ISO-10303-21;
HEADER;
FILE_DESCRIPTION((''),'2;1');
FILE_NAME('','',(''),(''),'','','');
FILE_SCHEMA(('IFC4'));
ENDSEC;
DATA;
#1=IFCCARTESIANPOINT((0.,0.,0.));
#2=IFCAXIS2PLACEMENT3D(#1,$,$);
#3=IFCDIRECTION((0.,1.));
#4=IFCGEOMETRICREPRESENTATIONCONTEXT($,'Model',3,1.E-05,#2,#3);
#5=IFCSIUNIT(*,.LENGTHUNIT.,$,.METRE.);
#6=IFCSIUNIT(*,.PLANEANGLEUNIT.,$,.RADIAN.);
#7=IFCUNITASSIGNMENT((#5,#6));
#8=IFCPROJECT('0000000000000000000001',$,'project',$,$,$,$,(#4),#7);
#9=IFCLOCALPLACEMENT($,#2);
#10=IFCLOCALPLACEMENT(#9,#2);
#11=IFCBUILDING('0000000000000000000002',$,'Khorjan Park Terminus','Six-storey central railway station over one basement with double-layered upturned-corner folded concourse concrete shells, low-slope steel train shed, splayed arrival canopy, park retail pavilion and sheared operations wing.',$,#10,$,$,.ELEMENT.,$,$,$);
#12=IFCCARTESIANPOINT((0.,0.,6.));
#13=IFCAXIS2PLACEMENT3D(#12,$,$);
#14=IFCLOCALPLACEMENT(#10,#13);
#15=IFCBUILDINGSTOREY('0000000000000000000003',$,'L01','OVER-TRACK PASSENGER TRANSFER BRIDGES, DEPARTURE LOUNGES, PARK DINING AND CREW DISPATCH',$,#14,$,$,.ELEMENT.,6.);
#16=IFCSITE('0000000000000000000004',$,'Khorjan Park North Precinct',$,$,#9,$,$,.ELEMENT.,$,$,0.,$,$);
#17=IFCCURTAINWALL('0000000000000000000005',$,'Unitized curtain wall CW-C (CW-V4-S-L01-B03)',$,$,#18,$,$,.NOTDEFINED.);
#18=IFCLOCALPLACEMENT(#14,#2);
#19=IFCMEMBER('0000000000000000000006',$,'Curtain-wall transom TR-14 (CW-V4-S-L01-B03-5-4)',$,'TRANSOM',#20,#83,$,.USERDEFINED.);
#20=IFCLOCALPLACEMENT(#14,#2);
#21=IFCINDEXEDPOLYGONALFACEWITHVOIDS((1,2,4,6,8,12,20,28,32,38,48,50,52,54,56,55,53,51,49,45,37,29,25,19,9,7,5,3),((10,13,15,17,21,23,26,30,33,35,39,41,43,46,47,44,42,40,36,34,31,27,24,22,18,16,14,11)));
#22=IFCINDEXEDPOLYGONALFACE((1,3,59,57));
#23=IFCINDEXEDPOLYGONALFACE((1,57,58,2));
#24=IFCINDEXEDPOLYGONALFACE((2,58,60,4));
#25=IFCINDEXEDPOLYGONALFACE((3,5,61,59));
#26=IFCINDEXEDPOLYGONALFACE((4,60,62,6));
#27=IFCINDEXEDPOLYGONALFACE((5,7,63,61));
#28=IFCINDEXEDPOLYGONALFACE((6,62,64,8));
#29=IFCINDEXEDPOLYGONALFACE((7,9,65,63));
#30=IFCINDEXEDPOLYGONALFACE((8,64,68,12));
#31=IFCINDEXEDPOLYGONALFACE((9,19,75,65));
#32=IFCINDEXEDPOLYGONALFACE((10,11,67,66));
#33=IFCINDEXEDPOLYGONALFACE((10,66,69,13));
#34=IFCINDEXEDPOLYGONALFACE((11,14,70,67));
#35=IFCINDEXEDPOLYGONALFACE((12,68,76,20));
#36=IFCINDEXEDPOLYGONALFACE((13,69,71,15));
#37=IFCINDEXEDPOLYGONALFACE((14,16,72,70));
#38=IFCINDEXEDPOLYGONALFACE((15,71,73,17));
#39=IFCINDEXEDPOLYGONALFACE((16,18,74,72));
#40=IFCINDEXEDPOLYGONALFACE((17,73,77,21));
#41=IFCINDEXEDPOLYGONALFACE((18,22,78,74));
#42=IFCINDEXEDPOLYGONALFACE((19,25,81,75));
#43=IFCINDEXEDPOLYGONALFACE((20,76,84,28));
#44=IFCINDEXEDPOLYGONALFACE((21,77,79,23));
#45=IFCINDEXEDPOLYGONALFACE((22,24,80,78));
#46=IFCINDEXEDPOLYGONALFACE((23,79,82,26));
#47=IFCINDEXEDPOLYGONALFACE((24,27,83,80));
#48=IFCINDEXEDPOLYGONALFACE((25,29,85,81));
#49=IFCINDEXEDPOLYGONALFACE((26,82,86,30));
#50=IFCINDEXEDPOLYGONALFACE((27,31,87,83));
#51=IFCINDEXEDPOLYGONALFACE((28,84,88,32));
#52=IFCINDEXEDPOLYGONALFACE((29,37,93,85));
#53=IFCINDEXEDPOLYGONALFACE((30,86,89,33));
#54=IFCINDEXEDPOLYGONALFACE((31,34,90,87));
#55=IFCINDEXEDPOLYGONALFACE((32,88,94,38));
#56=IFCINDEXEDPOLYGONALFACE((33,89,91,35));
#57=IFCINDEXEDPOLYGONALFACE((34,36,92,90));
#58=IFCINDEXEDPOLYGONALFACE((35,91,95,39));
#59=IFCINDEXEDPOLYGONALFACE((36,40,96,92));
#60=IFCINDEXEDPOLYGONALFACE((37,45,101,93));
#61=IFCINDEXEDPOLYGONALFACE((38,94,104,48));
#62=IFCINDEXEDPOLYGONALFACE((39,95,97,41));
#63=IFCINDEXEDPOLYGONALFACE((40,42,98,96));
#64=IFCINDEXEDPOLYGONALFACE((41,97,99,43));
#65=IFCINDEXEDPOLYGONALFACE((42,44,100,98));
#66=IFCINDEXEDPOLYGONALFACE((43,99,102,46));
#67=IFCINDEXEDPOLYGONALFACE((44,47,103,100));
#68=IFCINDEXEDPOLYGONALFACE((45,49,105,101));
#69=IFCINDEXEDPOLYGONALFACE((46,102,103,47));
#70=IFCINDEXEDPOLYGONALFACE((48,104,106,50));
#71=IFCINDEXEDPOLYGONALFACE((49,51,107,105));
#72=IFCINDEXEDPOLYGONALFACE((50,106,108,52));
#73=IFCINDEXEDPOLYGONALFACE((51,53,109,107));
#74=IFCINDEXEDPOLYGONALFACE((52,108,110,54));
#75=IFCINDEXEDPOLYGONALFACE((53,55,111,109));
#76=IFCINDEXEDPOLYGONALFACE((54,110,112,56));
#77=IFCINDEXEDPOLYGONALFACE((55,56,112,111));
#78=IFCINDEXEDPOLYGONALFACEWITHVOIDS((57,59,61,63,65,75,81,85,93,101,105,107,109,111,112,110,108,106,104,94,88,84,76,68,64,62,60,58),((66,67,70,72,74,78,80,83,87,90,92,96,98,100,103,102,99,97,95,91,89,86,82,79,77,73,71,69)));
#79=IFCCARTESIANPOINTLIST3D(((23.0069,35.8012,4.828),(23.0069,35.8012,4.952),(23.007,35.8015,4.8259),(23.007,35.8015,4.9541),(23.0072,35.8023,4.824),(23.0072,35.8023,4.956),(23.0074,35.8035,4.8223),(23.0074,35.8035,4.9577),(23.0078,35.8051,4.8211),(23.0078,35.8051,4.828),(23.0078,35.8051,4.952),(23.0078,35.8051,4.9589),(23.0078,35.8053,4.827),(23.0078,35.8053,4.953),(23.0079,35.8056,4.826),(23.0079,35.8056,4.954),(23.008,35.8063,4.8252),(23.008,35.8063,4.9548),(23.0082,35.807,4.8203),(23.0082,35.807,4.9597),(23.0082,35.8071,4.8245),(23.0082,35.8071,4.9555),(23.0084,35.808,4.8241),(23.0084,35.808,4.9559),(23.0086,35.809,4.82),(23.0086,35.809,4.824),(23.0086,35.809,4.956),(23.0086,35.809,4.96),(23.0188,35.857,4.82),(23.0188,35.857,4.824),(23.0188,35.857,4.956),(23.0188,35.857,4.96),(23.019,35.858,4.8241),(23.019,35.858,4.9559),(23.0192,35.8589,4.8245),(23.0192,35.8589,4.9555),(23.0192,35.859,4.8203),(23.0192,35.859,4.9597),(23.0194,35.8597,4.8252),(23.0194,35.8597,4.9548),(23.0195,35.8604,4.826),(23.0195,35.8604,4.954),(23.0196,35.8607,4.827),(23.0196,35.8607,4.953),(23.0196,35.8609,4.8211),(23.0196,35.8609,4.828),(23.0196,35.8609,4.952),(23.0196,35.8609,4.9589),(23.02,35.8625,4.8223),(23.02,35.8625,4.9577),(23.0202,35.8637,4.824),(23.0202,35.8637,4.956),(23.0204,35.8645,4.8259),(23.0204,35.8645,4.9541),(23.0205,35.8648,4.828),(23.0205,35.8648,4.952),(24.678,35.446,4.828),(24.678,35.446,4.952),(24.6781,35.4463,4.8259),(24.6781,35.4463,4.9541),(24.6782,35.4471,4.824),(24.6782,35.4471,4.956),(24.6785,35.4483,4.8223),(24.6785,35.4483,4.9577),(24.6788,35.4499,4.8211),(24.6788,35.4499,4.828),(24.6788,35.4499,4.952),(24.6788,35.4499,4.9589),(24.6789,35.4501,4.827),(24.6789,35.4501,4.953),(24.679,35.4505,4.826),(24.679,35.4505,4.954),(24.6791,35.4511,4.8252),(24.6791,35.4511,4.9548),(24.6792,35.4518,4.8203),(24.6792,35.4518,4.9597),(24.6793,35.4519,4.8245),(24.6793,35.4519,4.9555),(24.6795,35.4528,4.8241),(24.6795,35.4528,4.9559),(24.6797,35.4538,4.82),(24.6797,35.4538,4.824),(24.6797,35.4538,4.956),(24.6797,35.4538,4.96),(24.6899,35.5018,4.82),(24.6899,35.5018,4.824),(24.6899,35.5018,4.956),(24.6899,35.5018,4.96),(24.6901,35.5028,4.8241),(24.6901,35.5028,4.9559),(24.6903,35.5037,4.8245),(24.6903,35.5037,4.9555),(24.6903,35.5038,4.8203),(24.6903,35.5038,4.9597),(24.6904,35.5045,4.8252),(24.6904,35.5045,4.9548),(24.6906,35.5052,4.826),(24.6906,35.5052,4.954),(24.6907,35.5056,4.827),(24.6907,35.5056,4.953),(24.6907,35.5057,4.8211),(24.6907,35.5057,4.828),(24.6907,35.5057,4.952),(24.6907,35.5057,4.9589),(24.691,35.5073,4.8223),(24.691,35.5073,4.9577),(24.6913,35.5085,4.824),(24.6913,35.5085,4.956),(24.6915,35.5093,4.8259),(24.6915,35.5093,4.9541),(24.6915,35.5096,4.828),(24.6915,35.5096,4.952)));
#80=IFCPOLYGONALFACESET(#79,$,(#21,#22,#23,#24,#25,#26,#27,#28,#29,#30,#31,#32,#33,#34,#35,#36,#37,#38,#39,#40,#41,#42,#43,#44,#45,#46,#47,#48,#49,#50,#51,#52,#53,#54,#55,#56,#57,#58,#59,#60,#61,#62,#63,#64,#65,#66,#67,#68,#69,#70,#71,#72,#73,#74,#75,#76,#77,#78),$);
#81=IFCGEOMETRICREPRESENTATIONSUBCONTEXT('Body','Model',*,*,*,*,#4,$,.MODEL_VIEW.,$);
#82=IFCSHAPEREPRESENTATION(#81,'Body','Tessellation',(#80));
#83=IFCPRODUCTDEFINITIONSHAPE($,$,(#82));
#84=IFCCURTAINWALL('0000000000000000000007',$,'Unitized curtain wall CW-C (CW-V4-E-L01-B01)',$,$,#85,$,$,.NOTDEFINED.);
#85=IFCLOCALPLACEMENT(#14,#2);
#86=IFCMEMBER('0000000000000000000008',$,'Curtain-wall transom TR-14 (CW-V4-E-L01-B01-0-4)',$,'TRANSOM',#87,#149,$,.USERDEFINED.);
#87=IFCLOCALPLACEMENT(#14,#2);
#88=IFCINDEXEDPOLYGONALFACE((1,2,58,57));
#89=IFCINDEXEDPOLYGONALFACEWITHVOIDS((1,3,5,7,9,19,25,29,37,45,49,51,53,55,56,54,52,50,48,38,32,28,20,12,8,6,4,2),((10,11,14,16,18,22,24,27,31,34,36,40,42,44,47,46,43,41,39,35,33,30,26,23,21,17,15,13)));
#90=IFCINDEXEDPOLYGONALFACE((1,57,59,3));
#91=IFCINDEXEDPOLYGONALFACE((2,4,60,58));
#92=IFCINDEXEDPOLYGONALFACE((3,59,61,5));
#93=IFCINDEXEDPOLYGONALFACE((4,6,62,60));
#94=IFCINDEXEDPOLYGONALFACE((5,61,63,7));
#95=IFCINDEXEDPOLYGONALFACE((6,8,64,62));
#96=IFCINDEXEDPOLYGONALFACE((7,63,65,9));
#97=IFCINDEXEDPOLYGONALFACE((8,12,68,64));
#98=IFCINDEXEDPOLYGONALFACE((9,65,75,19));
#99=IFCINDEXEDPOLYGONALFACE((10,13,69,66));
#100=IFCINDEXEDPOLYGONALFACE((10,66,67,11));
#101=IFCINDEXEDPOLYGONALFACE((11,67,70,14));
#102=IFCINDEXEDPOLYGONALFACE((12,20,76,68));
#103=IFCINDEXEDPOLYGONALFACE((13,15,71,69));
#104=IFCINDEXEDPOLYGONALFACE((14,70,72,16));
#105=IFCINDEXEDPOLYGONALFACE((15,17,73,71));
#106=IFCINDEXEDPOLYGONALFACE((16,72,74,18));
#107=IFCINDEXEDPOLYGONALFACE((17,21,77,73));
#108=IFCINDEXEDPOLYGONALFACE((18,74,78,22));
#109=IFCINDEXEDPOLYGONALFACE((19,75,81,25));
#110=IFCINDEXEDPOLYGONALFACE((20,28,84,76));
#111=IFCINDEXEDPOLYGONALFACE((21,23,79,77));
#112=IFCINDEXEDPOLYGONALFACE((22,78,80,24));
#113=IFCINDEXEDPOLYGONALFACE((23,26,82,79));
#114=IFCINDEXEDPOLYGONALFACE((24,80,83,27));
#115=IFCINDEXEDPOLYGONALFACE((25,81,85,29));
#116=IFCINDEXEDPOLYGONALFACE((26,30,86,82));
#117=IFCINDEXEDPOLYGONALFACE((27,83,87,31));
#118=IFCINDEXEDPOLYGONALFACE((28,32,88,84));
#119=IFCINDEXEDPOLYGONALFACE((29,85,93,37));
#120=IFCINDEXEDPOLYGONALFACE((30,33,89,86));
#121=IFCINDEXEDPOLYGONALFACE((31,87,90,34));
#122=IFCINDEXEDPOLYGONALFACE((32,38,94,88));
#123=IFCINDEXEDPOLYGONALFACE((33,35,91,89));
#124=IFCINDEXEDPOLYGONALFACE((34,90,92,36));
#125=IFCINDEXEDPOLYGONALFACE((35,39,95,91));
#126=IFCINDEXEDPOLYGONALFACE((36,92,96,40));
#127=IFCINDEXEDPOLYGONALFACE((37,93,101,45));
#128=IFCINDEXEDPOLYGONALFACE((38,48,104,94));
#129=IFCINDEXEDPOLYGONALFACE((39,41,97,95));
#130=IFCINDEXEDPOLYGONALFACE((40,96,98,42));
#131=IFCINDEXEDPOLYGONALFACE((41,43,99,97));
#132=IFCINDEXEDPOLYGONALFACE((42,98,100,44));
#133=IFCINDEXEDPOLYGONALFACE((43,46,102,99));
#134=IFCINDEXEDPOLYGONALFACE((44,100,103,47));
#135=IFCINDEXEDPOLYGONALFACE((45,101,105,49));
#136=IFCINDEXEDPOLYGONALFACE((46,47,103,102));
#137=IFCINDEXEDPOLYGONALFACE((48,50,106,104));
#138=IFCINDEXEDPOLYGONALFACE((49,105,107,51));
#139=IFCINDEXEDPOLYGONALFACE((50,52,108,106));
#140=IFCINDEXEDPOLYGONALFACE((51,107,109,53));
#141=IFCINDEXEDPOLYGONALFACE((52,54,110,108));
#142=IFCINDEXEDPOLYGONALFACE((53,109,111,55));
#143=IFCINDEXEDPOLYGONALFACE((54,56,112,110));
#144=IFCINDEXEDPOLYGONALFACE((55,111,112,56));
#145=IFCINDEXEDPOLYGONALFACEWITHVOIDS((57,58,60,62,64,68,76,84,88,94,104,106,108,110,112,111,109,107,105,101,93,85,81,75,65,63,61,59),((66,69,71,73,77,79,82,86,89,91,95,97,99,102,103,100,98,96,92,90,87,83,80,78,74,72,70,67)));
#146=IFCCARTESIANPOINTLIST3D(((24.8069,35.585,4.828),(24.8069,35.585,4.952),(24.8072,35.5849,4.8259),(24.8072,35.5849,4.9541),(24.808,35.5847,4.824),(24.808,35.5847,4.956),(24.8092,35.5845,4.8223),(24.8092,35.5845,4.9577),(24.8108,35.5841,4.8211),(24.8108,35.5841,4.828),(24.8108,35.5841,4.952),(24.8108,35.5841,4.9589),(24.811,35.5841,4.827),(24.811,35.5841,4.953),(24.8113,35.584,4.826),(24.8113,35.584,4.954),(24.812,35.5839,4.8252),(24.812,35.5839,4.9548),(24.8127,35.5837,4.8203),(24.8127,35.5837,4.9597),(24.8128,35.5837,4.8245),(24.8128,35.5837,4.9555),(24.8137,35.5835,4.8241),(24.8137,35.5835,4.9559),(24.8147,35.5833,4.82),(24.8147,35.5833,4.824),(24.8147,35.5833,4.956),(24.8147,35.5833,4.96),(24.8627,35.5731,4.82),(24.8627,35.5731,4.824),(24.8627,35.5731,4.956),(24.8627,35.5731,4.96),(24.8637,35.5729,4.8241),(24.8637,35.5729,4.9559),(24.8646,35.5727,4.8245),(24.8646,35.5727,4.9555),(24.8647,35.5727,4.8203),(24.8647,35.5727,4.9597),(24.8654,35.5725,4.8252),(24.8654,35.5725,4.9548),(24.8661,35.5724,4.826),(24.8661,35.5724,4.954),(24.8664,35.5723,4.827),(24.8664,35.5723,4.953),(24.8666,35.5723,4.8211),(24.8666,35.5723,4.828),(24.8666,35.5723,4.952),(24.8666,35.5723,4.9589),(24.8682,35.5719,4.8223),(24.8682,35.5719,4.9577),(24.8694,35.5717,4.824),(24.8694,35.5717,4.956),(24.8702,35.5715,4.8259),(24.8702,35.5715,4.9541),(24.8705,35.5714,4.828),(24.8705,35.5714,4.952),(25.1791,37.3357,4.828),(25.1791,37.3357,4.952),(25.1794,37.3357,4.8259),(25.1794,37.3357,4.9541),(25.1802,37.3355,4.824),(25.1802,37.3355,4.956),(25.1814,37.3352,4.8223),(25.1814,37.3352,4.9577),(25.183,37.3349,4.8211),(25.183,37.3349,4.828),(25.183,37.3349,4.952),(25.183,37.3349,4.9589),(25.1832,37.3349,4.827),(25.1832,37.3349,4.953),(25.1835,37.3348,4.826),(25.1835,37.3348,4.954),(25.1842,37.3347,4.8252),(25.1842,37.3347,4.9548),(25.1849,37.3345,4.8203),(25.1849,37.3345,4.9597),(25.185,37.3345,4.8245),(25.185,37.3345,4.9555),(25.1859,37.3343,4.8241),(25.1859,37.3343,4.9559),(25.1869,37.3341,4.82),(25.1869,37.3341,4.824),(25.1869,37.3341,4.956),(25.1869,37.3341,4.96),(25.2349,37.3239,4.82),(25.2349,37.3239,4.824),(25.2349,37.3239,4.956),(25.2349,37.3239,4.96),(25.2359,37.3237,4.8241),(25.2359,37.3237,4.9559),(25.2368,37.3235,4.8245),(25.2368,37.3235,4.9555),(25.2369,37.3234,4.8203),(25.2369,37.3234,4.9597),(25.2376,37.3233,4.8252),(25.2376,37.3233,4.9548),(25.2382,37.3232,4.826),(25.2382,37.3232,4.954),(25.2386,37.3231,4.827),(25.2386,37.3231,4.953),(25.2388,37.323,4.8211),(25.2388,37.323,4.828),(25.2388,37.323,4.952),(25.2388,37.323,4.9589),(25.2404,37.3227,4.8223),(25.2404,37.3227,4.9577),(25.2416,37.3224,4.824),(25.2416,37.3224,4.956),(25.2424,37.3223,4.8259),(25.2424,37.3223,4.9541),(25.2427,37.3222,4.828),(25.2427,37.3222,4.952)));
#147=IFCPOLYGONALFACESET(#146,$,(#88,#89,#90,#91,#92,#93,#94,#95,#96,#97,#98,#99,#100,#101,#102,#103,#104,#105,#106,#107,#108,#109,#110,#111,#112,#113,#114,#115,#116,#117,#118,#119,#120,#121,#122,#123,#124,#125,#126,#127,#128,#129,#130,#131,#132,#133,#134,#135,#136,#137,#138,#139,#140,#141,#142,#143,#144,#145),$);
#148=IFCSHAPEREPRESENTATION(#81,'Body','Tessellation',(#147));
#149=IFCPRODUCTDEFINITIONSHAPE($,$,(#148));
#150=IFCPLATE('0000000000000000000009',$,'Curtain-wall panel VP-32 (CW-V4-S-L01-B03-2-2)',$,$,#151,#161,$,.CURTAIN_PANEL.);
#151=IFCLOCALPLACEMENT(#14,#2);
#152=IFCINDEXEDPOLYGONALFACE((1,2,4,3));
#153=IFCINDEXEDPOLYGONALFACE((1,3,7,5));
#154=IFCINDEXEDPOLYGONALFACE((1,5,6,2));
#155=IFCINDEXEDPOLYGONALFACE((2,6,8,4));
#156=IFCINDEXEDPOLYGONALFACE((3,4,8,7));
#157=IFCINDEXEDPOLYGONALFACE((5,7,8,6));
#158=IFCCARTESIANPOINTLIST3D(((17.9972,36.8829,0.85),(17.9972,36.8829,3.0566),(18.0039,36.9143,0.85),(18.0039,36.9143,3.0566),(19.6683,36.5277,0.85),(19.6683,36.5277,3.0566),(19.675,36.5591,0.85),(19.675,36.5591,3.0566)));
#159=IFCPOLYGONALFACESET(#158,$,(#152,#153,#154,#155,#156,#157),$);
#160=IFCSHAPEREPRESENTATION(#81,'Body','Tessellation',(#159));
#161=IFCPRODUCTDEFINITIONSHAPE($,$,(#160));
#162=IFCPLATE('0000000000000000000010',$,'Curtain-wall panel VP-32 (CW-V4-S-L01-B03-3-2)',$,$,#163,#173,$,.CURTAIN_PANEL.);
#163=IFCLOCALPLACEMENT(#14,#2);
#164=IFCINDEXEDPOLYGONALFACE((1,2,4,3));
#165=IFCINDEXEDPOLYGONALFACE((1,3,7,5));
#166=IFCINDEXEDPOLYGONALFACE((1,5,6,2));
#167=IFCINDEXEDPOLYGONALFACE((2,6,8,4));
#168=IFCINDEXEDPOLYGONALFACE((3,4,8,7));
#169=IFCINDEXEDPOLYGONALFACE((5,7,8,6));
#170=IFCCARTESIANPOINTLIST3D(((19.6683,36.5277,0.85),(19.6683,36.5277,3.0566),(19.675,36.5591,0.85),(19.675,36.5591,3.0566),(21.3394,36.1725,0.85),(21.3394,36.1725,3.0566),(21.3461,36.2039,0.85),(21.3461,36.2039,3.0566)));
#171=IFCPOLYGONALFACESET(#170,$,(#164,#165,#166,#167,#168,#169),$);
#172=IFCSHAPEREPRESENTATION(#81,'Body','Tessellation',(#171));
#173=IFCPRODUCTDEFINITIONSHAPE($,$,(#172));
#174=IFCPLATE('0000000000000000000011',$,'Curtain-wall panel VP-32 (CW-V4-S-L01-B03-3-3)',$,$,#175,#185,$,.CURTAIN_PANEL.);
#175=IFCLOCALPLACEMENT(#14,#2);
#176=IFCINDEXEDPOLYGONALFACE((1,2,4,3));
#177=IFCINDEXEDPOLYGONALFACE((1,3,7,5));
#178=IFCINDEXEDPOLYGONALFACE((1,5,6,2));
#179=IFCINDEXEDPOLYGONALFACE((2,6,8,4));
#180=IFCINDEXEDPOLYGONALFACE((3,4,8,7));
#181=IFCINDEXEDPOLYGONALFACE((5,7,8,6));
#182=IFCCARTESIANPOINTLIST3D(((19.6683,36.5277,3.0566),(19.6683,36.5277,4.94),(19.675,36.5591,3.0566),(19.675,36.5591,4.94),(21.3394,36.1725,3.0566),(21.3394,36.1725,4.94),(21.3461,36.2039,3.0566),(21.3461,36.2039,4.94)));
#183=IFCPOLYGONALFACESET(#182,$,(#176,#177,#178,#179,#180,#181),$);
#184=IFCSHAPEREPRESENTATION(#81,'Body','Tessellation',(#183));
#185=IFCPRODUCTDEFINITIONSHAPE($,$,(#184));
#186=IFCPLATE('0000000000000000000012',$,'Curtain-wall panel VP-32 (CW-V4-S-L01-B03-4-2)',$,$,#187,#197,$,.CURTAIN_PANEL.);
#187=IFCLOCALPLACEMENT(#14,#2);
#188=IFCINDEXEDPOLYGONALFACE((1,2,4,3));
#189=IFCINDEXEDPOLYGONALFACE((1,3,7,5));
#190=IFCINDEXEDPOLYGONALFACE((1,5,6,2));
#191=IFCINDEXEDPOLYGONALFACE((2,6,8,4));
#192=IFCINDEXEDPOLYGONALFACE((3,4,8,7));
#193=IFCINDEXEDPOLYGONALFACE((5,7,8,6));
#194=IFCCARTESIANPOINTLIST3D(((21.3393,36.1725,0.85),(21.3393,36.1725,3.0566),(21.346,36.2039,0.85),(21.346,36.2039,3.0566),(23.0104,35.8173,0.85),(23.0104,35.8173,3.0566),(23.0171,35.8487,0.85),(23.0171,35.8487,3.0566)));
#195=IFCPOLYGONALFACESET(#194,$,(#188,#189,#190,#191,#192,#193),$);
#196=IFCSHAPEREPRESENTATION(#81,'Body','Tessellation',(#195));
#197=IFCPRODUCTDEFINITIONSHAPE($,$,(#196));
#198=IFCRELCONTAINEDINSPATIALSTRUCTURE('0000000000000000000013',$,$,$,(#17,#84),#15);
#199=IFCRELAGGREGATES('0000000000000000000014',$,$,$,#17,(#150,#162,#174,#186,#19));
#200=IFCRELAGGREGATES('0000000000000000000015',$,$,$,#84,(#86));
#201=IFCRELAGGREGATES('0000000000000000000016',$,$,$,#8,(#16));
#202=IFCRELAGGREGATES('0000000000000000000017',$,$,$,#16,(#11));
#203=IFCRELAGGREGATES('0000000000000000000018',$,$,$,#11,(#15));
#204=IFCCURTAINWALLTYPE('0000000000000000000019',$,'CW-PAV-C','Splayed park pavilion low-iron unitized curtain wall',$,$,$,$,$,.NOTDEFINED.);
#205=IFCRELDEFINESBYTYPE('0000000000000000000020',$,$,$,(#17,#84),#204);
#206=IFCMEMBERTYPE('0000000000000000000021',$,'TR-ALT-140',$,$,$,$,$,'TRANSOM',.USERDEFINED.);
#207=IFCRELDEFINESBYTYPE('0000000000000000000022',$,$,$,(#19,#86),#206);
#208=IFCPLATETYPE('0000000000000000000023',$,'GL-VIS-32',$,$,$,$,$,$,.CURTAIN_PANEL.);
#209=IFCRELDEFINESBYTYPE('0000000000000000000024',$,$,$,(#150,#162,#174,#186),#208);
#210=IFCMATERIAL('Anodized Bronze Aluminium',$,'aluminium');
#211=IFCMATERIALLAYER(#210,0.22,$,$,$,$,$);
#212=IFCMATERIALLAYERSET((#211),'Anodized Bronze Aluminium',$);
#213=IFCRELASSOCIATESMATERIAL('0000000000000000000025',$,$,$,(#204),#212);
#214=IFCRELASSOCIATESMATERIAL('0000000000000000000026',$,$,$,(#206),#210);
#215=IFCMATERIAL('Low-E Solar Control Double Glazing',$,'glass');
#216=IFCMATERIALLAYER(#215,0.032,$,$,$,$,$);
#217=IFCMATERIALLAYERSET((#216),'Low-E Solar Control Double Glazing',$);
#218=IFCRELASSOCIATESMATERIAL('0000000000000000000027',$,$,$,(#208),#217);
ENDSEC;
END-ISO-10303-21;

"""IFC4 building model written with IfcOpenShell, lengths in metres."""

from ifc_helpers import new_model, si_unit, direction, frame, origin, origin_2d, place, context, subcontext, project, spatial, rectangle, hollow_rectangle, extrude, material, layer, layer_set, material_profile, profile_set, type_object, element, aggregate, save


model = new_model("IFC4")

# Units and contexts
model_context = context("Model", 3, precision=1e-05, world=origin(), true_north=direction((0.0, 1.0)))
body_context = subcontext(model_context, "Body", "Model", "MODEL_VIEW")
ifc_project = project(units=[si_unit("LENGTHUNIT", "METRE"), si_unit("PLANEANGLEUNIT", "RADIAN")], contexts=[model_context])

# Site, building, storey
site_placement = place(None, origin())
site = spatial("IfcSite", under=ifc_project, at=site_placement, Name="Khorjan Park North Precinct", CompositionType="ELEMENT", RefElevation=0.0)
building_placement = place(site_placement, origin())
building = spatial("IfcBuilding", under=site, at=building_placement, Name="Khorjan Park Terminus", Description="Six-storey central railway station over one basement with double-layered upturned-corner folded concourse concrete shells, low-slope steel train shed, splayed arrival canopy, park retail pavilion and sheared operations wing.", CompositionType="ELEMENT")
storey_placement = place(building_placement, frame((0.0, 0.0, 6.0)))
storey = spatial("IfcBuildingStorey", under=building, at=storey_placement, Name="L01", Description="OVER-TRACK PASSENGER TRANSFER BRIDGES, DEPARTURE LOUNGES, PARK DINING AND CREW DISPATCH", CompositionType="ELEMENT", Elevation=6.0)

# Curtain wall, member
ifc_material_1 = material(Name="Anodized Bronze Aluminium", Category="aluminium")
ifc_layer_1 = layer(ifc_material_1, 0.22)
ifc_layer_set_1 = layer_set([ifc_layer_1], Name="Anodized Bronze Aluminium")
curtain_wall_type = type_object("IfcCurtainWallType", Name="CW-PAV-C", Description="Splayed park pavilion low-iron unitized curtain wall", PredefinedType="NOTDEFINED", material=ifc_layer_set_1)
curtain_wall_1_placement = place(storey_placement, origin())
curtain_wall_1 = element("IfcCurtainWall", 1, at=curtain_wall_1_placement, inside=storey, type_object=curtain_wall_type, Name="Unitized curtain wall CW-C (CW-V4-S-L01-B03)", PredefinedType="NOTDEFINED")
ifc_material_profile_1 = material_profile(ifc_material_1, hollow_rectangle(XDim=0.065, YDim=0.14, WallThickness=0.004, InnerFilletRadius=0.004, OuterFilletRadius=0.008, at=origin_2d()), Name="ALT 65x140x4")
ifc_profile_set_1 = profile_set([ifc_material_profile_1], Name="Anodized Bronze Aluminium")
member_type_1 = type_object("IfcMemberType", Name="TR-ALT-140", ElementType="TRANSOM", PredefinedType="USERDEFINED", material=ifc_profile_set_1)
member_1_placement = place(storey_placement, frame((23.0137, 35.833, 4.89), z_axis=(0.978148, -0.20791, 0.0), x_axis=(0.20791, 0.978148, 0.0)))
member_1 = element("IfcMember", 2, at=member_1_placement, type_object=member_type_1, Name="Curtain-wall transom TR-14 (CW-V4-S-L01-B03-5-4)", ObjectType="TRANSOM", PredefinedType="USERDEFINED", context=body_context, shape_type="SweptSolid", body=[
    extrude(hollow_rectangle(XDim=0.065, YDim=0.14, WallThickness=0.004, InnerFilletRadius=0.004, OuterFilletRadius=0.008, at=origin_2d()), origin(), (0.0, 0.0, 1.0), 1.7084),
])

# Curtain wall, member
curtain_wall_2_placement = place(storey_placement, origin())
curtain_wall_2 = element("IfcCurtainWall", 3, at=curtain_wall_2_placement, inside=storey, type_object=curtain_wall_type, Name="Unitized curtain wall CW-C (CW-V4-E-L01-B01)", PredefinedType="NOTDEFINED")
member_2_placement = place(storey_placement, frame((24.8387, 35.5782, 4.89), z_axis=(0.207942, 0.978141, 0.0), x_axis=(-0.978141, 0.207942, 0.0)))
member_2 = element("IfcMember", 4, at=member_2_placement, type_object=member_type_1, Name="Curtain-wall transom TR-14 (CW-V4-E-L01-B01-0-4)", ObjectType="TRANSOM", PredefinedType="USERDEFINED", context=body_context, shape_type="SweptSolid", body=[
    extrude(hollow_rectangle(XDim=0.065, YDim=0.14, WallThickness=0.004, InnerFilletRadius=0.004, OuterFilletRadius=0.008, at=origin_2d()), origin(), (0.0, 0.0, 1.0), 1.7899),
])

# Plates
ifc_material_2 = material(Name="Low-E Solar Control Double Glazing", Category="glass")
ifc_layer_2 = layer(ifc_material_2, 0.032)
ifc_layer_set_2 = layer_set([ifc_layer_2], Name="Low-E Solar Control Double Glazing")
plate_type_1 = type_object("IfcPlateType", Name="GL-VIS-32", PredefinedType="CURTAIN_PANEL", material=ifc_layer_set_2)
plate_1_placement = place(storey_placement, frame((18.8361, 36.721, 0.85), z_axis=(0.0, 0.0, 1.0), x_axis=(0.978147, -0.207914, 0.0)))
plate_1 = element("IfcPlate", 5, at=plate_1_placement, type_object=plate_type_1, Name="Curtain-wall panel VP-32 (CW-V4-S-L01-B03-2-2)", PredefinedType="CURTAIN_PANEL", context=body_context, shape_type="SweptSolid", body=[
    extrude(rectangle(XDim=1.7084, YDim=0.032, at=origin_2d()), origin(), (0.0, 0.0, 1.0), 2.2066),
])
plate_2_placement = place(storey_placement, frame((20.5072, 36.3658, 0.85), z_axis=(0.0, 0.0, 1.0), x_axis=(0.978147, -0.207914, 0.0)))
plate_2 = element("IfcPlate", 6, at=plate_2_placement, type_object=plate_type_1, Name="Curtain-wall panel VP-32 (CW-V4-S-L01-B03-3-2)", PredefinedType="CURTAIN_PANEL", context=body_context, shape_type="SweptSolid", body=[
    extrude(rectangle(XDim=1.7084, YDim=0.032, at=origin_2d()), origin(), (0.0, 0.0, 1.0), 2.2066),
])
plate_3_placement = place(storey_placement, frame((20.5072, 36.3658, 3.0566), z_axis=(0.0, 0.0, 1.0), x_axis=(0.978147, -0.207914, 0.0)))
plate_3 = element("IfcPlate", 7, at=plate_3_placement, type_object=plate_type_1, Name="Curtain-wall panel VP-32 (CW-V4-S-L01-B03-3-3)", PredefinedType="CURTAIN_PANEL", context=body_context, shape_type="SweptSolid", body=[
    extrude(rectangle(XDim=1.7084, YDim=0.032, at=origin_2d()), origin(), (0.0, 0.0, 1.0), 1.8834),
])
plate_4_placement = place(storey_placement, frame((22.1782, 36.0106, 0.85), z_axis=(0.0, 0.0, 1.0), x_axis=(0.978147, -0.207914, 0.0)))
plate_4 = element("IfcPlate", 8, at=plate_4_placement, type_object=plate_type_1, Name="Curtain-wall panel VP-32 (CW-V4-S-L01-B03-4-2)", PredefinedType="CURTAIN_PANEL", context=body_context, shape_type="SweptSolid", body=[
    extrude(rectangle(XDim=1.7084, YDim=0.032, at=origin_2d()), origin(), (0.0, 0.0, 1.0), 2.2066),
])
aggregate(curtain_wall_1, [plate_1, plate_2, plate_3, plate_4, member_1])
aggregate(curtain_wall_2, [member_2])

save(model, "model.ifc")
